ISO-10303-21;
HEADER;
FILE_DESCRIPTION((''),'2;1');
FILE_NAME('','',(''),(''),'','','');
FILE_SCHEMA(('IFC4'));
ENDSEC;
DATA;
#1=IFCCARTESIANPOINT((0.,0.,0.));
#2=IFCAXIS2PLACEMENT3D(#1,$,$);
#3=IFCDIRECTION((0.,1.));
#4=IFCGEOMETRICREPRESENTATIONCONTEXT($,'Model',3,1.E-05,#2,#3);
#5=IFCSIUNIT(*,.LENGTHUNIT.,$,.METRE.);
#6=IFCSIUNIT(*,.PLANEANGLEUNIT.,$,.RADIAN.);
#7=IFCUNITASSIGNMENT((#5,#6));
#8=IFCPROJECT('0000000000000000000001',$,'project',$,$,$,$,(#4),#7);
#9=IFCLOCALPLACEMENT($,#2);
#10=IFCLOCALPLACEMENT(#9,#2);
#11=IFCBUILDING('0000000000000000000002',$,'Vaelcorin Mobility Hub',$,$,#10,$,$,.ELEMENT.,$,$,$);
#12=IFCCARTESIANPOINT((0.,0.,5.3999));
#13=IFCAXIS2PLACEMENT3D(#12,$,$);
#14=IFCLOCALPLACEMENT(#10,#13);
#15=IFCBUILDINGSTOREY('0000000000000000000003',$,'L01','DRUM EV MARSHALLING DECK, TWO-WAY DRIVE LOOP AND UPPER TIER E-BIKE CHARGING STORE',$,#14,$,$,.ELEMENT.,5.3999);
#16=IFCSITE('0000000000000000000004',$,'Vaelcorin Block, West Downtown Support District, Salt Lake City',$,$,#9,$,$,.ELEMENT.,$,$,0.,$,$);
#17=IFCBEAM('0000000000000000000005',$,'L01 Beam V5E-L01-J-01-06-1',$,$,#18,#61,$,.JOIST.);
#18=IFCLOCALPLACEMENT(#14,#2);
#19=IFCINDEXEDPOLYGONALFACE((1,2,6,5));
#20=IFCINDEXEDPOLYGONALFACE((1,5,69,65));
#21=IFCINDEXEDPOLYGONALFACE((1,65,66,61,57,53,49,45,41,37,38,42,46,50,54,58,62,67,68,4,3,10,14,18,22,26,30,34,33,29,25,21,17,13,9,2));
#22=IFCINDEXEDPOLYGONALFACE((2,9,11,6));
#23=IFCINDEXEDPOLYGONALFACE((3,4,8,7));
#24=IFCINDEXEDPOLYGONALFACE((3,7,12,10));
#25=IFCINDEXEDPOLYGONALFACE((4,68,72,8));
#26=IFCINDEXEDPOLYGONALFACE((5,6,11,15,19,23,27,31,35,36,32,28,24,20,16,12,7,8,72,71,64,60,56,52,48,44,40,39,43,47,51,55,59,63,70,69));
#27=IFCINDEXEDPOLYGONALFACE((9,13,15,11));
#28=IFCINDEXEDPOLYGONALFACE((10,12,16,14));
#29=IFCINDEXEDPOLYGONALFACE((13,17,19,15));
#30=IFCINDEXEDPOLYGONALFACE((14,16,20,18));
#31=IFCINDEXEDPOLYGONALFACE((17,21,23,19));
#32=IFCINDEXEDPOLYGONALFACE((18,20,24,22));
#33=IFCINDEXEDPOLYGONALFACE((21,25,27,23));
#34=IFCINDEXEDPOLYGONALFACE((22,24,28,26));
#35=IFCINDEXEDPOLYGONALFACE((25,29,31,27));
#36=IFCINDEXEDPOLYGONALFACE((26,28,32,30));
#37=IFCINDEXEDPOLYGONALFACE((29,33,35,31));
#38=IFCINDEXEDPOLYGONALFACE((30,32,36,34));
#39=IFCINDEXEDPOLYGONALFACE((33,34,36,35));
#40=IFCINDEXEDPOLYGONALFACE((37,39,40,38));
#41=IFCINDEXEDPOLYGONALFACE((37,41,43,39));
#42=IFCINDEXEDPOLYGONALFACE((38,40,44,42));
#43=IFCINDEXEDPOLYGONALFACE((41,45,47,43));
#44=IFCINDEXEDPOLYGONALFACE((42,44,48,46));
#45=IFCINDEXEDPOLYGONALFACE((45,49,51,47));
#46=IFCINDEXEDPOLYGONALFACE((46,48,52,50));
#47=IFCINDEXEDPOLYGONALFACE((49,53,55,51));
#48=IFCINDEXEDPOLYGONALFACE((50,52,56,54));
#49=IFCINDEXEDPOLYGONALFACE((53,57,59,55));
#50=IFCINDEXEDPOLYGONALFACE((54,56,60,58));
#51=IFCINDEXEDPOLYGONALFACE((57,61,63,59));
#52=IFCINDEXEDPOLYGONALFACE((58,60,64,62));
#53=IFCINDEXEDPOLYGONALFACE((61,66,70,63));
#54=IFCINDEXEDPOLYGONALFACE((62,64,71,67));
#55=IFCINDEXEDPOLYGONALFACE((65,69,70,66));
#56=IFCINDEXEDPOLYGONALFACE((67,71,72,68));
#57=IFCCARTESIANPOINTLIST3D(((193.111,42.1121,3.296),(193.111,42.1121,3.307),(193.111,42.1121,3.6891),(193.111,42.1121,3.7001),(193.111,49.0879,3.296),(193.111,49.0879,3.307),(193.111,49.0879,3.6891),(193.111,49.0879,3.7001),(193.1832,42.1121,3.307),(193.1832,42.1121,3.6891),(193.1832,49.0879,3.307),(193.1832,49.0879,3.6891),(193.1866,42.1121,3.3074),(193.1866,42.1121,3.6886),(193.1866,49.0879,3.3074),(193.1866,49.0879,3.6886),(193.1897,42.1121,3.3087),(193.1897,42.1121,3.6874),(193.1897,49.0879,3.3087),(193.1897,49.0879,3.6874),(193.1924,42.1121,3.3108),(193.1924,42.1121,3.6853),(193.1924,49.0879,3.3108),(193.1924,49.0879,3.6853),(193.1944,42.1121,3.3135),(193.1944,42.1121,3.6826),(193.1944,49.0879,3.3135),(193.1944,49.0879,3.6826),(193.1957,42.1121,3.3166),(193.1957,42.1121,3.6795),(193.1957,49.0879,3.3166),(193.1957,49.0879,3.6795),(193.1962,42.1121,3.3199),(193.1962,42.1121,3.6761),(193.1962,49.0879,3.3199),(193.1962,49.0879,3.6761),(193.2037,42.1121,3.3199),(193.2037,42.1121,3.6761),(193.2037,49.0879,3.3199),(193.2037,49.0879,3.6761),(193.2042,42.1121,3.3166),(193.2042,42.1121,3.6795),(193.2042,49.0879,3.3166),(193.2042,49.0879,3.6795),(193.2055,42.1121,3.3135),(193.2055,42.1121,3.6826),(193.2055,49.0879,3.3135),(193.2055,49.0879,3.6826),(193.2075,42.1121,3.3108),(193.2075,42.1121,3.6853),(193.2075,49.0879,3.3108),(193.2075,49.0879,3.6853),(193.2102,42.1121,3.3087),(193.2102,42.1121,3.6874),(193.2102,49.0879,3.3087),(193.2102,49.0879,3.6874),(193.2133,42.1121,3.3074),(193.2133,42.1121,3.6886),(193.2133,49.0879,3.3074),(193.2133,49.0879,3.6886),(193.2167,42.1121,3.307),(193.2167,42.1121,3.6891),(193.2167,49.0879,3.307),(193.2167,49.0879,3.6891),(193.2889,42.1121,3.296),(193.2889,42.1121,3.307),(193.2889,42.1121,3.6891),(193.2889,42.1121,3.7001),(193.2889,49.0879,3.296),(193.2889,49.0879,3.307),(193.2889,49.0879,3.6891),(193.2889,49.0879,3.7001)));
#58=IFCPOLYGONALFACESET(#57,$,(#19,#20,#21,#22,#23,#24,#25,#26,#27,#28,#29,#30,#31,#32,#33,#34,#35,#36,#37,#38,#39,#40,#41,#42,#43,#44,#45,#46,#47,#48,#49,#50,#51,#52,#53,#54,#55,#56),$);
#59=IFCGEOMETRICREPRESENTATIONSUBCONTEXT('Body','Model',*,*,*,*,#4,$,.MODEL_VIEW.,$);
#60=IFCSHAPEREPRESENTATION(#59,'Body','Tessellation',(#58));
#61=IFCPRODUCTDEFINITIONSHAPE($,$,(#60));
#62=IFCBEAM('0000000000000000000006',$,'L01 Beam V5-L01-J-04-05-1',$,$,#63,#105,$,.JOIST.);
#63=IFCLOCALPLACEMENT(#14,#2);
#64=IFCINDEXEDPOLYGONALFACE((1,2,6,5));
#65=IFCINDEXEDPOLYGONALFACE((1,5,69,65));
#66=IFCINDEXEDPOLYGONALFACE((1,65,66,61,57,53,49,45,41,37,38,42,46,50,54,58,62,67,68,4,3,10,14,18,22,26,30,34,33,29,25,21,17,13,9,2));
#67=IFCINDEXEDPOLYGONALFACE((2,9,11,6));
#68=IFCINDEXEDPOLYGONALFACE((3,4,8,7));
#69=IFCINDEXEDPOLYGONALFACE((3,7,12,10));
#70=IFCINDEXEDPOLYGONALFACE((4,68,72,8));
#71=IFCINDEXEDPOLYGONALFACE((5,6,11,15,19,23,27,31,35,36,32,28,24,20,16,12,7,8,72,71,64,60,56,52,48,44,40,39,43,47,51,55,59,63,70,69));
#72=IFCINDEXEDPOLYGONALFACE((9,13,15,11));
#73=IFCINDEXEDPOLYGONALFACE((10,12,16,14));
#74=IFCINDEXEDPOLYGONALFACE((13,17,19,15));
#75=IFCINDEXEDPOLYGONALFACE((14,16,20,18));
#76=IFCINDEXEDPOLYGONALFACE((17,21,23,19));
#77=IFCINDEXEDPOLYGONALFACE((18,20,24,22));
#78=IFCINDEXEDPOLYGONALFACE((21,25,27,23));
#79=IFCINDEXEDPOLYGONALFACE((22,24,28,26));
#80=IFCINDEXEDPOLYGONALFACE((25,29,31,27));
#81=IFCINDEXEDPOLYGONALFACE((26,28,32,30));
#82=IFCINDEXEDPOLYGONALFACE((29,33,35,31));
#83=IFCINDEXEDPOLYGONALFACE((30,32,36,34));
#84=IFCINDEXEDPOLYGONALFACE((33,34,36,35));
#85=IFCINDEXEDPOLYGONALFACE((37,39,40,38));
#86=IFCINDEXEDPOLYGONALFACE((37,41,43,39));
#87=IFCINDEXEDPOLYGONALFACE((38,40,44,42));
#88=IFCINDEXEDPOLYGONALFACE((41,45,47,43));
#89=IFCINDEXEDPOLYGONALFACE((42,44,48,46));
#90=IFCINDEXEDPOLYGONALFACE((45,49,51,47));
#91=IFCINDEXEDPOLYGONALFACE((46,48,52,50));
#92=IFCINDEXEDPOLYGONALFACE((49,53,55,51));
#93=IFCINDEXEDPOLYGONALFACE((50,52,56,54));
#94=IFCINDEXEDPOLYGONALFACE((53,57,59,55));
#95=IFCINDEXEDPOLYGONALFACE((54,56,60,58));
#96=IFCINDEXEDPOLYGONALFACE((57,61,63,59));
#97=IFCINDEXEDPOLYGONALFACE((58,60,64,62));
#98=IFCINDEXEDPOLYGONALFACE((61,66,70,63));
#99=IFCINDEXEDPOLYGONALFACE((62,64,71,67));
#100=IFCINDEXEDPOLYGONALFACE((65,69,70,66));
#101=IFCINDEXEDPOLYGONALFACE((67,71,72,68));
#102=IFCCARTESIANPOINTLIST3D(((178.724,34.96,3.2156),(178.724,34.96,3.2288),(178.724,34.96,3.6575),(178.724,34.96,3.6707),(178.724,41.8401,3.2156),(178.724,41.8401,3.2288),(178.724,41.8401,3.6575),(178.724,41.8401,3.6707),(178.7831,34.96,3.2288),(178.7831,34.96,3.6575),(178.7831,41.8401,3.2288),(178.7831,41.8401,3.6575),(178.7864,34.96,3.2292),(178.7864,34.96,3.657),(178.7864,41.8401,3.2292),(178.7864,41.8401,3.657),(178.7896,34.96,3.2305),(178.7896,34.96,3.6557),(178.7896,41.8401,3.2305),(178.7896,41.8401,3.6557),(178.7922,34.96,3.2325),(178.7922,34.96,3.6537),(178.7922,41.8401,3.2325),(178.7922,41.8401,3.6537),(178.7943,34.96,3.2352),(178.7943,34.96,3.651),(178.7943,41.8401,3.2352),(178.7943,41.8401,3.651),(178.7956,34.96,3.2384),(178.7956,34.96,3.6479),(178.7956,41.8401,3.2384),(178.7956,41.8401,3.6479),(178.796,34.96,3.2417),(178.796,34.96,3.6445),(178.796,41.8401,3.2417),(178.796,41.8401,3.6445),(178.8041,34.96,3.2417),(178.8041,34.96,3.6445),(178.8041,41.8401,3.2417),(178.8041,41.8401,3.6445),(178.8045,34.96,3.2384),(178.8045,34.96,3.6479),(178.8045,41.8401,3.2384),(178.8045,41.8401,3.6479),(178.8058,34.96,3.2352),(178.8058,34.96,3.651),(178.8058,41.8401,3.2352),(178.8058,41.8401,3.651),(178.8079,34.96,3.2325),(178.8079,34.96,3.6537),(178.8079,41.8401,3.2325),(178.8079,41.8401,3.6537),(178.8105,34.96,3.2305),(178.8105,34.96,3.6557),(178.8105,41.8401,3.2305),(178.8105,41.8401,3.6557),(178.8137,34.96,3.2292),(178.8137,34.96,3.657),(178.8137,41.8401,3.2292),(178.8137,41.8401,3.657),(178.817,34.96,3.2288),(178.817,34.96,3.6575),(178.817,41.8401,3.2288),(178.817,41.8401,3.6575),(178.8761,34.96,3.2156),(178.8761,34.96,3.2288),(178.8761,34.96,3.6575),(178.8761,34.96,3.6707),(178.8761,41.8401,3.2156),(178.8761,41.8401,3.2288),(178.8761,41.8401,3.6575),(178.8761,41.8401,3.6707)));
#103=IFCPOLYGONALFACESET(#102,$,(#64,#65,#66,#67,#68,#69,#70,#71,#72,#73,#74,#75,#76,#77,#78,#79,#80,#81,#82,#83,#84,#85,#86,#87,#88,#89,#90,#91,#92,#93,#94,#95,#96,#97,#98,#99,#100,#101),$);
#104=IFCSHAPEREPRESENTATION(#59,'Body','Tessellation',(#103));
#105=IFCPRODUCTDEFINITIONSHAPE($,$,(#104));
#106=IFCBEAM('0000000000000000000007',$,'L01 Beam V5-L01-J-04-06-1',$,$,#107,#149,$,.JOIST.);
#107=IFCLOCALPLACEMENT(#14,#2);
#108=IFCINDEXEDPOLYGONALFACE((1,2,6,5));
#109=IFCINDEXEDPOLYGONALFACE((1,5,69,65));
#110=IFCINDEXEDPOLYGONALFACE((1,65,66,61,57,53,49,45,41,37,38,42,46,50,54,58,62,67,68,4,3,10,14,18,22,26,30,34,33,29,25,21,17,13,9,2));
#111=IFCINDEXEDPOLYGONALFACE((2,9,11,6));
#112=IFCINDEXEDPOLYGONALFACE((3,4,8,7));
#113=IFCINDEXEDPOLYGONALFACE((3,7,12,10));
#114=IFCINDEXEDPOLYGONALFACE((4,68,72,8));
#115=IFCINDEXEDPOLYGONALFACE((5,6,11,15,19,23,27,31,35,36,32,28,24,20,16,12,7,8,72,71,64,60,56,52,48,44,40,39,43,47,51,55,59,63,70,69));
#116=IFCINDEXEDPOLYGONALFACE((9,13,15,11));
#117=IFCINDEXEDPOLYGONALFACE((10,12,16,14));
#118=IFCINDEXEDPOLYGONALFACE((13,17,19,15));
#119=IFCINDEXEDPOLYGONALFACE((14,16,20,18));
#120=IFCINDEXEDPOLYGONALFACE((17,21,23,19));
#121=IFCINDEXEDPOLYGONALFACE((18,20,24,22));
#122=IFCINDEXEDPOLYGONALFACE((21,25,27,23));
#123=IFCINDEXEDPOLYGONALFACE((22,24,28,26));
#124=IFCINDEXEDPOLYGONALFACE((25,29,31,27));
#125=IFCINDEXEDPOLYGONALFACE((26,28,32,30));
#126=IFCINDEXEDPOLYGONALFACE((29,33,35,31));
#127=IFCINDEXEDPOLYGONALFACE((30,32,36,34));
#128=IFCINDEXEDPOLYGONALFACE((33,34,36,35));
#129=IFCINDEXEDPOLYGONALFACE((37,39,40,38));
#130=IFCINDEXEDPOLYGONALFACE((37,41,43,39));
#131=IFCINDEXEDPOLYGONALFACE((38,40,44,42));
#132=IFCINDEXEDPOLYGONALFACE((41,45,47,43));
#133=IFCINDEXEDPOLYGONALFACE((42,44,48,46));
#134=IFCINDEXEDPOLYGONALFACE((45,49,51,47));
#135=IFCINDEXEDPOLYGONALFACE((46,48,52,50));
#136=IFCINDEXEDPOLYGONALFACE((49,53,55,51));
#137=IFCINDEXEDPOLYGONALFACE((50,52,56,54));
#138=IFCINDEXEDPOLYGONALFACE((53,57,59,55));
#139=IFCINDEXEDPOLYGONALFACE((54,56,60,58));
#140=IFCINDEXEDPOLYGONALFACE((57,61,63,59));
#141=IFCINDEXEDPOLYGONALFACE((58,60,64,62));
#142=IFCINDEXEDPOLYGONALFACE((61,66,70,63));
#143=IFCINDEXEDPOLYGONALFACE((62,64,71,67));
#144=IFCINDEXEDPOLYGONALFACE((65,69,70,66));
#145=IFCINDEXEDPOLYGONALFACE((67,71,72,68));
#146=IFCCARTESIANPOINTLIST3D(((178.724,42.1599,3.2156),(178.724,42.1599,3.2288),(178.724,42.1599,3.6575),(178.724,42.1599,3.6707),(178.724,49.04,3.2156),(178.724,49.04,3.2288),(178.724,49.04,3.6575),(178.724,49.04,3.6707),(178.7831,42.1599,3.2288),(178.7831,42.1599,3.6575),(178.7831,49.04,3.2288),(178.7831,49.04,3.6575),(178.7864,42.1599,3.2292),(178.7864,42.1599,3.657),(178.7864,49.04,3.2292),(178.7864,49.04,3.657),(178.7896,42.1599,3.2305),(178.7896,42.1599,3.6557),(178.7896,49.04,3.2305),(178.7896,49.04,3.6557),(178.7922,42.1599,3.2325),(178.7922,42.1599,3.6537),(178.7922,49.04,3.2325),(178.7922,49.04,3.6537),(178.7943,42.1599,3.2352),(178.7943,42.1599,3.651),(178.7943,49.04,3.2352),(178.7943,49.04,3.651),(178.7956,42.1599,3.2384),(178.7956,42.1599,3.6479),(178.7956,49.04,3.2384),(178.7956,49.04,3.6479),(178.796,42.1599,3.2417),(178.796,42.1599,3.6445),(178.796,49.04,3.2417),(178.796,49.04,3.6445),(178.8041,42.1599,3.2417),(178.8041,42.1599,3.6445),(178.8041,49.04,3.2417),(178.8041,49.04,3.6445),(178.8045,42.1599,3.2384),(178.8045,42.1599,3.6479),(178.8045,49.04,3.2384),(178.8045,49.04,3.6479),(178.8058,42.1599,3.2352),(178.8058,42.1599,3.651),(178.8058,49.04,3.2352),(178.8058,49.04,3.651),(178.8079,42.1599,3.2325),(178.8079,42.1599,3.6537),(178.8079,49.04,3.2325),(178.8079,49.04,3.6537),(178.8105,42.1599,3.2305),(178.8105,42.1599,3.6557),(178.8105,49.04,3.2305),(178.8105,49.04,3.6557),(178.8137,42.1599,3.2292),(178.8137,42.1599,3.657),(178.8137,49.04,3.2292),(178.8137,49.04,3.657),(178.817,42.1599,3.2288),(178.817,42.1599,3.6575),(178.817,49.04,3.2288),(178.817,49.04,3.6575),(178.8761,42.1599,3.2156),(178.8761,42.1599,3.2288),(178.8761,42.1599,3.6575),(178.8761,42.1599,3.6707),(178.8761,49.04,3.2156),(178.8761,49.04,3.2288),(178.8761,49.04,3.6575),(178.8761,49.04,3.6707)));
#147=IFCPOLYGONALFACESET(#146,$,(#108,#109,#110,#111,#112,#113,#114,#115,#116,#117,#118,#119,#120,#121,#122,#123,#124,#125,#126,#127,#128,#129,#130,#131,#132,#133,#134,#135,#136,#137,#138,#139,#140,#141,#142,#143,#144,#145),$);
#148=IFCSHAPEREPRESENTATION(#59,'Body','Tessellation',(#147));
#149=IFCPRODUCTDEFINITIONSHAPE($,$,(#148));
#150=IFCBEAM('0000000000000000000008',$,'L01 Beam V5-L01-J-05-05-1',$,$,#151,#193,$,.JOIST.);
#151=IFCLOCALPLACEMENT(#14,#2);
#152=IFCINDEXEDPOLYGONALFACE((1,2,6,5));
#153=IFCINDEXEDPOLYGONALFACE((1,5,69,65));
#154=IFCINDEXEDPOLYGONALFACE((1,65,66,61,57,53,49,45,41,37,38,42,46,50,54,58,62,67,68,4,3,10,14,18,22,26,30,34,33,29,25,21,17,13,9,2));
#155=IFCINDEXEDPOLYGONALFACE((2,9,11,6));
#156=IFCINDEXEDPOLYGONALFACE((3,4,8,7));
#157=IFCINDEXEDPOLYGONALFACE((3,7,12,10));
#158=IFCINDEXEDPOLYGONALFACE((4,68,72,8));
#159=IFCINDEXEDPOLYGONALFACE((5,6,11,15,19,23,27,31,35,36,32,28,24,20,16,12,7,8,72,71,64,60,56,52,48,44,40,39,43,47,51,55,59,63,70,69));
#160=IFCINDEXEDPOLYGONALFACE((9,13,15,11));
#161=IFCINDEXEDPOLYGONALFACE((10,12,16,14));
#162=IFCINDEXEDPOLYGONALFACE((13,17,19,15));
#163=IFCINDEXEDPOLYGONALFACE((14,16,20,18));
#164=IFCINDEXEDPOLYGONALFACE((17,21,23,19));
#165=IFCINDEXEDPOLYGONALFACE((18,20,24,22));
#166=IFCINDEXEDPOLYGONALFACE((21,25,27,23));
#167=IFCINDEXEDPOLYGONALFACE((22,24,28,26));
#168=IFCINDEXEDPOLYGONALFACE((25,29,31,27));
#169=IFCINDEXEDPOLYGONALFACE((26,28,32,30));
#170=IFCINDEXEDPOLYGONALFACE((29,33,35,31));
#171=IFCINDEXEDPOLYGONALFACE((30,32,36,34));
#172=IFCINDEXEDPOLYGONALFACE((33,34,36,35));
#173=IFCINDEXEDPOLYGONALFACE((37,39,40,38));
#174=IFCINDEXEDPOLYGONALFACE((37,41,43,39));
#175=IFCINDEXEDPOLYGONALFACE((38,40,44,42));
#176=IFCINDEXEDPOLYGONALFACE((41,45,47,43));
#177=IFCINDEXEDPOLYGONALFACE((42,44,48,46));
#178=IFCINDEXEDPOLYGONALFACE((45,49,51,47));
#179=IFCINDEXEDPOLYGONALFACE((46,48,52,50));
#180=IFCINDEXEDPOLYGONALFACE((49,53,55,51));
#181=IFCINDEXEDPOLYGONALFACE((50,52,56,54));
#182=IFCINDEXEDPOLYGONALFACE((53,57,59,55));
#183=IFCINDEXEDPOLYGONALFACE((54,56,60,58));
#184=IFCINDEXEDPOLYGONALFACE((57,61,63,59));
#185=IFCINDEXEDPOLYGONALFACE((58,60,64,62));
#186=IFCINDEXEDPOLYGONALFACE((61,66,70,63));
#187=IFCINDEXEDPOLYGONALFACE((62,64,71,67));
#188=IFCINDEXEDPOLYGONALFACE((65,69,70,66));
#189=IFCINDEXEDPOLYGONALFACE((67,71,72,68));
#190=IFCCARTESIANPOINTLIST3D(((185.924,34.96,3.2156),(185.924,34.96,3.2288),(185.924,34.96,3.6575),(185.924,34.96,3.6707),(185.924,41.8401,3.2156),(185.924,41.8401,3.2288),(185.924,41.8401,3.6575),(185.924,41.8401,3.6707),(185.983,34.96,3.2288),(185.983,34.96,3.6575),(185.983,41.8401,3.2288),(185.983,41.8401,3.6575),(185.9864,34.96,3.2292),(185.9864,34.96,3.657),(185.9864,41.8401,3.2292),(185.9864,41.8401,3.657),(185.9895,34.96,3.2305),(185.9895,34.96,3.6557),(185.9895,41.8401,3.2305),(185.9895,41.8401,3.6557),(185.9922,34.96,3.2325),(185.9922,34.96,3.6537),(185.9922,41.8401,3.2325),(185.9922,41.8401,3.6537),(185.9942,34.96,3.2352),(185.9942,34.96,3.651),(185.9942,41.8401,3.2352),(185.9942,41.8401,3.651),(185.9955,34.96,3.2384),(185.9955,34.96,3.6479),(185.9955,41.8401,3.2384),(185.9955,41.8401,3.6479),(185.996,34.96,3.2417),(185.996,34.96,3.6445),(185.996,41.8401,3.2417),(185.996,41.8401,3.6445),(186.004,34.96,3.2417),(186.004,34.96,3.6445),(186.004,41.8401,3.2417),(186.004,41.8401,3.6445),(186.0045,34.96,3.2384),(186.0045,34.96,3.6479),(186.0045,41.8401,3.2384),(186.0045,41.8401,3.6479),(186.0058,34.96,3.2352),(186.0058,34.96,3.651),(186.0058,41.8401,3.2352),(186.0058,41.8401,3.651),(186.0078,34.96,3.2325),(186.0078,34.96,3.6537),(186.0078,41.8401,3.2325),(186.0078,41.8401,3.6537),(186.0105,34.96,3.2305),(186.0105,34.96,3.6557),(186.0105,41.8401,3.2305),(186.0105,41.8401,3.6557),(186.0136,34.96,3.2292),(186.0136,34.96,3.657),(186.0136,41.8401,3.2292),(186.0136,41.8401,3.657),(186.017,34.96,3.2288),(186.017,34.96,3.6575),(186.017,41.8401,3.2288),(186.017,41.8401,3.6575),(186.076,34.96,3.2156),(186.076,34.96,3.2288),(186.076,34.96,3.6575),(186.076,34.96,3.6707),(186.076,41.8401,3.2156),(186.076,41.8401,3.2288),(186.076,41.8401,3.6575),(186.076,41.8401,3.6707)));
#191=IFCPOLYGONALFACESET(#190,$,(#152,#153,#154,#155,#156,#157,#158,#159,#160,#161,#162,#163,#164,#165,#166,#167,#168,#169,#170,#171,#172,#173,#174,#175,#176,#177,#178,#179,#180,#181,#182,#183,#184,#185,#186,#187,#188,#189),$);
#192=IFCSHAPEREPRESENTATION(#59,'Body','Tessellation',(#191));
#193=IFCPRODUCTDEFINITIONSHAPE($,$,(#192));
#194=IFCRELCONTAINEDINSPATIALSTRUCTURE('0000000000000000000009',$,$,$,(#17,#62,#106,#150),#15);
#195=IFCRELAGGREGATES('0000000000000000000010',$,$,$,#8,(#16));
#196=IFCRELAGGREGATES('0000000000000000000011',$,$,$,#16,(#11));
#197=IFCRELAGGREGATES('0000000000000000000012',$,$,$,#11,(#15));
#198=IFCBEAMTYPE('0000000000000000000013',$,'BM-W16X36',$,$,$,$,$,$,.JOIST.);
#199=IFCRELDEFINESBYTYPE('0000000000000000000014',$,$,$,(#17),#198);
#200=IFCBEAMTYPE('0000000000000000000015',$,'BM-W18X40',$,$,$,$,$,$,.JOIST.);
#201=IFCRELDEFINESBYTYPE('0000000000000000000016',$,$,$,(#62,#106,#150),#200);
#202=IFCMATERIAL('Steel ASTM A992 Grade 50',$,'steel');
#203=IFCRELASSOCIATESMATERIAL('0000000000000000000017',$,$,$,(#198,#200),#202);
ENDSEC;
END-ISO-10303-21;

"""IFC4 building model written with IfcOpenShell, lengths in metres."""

from ifc_helpers import new_model, si_unit, direction, frame, origin, origin_2d, place, context, subcontext, project, spatial, i_section, extrude, material, material_profile, profile_set, type_object, element, save


model = new_model("IFC4")

# Units and contexts
model_context = context("Model", 3, precision=1e-05, world=origin(), true_north=direction((0.0, 1.0)))
body_context = subcontext(model_context, "Body", "Model", "MODEL_VIEW")
ifc_project = project(units=[si_unit("LENGTHUNIT", "METRE"), si_unit("PLANEANGLEUNIT", "RADIAN")], contexts=[model_context])

# Site, building, storey
site_placement = place(None, origin())
site = spatial("IfcSite", under=ifc_project, at=site_placement, Name="Vaelcorin Block, West Downtown Support District, Salt Lake City", CompositionType="ELEMENT", RefElevation=0.0)
building_placement = place(site_placement, origin())
building = spatial("IfcBuilding", under=site, at=building_placement, Name="Vaelcorin Mobility Hub", CompositionType="ELEMENT")
storey_placement = place(building_placement, frame((0.0, 0.0, 5.3999)))
storey = spatial("IfcBuildingStorey", under=building, at=storey_placement, Name="L01", Description="DRUM EV MARSHALLING DECK, TWO-WAY DRIVE LOOP AND UPPER TIER E-BIKE CHARGING STORE", CompositionType="ELEMENT", Elevation=5.3999)

# Shared definitions
ifc_material_1 = material(Name="Steel ASTM A992 Grade 50", Category="steel")

# Beams
ifc_material_profile_1 = material_profile(ifc_material_1, i_section(OverallWidth=0.178, OverallDepth=0.4041, WebThickness=0.0076, FlangeThickness=0.011, FilletRadius=0.0129, at=origin_2d()), Name="W16X36")
ifc_profile_set_1 = profile_set([ifc_material_profile_1], Name="Steel ASTM A992 Grade 50")
beam_type_1 = type_object("IfcBeamType", Name="BM-W16X36", PredefinedType="JOIST", material=ifc_profile_set_1)
for number, where, z_axis, x_axis, name in (
    (1, (193.2, 42.1121, 3.498), (0.0, 1.0, 0.0), (-1.0, 0.0, 0.0), "L01 Beam V5E-L01-J-01-06-1"),
):
    element("IfcBeam", number, at=place(storey_placement, frame(where, z_axis=z_axis, x_axis=x_axis)), inside=storey, type_object=beam_type_1, Name=name, PredefinedType="JOIST", context=body_context, shape_type="SweptSolid", body=[
        extrude(i_section(OverallWidth=0.178, OverallDepth=0.4041, WebThickness=0.0076, FlangeThickness=0.011, FilletRadius=0.0129, at=origin_2d()), origin(), (0.0, 0.0, 1.0), 6.9758),
    ])
ifc_material_profile_2 = material_profile(ifc_material_1, i_section(OverallWidth=0.1521, OverallDepth=0.4551, WebThickness=0.0081, FlangeThickness=0.0132, FilletRadius=0.0129, at=origin_2d()), Name="W18X40")
ifc_profile_set_2 = profile_set([ifc_material_profile_2], Name="Steel ASTM A992 Grade 50")
beam_type_2 = type_object("IfcBeamType", Name="BM-W18X40", PredefinedType="JOIST", material=ifc_profile_set_2)
for number, where, z_axis, x_axis, name in (
    (2, (178.8, 34.96, 3.4431), (0.0, 1.0, 0.0), (-1.0, 0.0, 0.0), "L01 Beam V5-L01-J-04-05-1"),
    (3, (178.8, 42.1599, 3.4431), (0.0, 1.0, 0.0), (-1.0, 0.0, 0.0), "L01 Beam V5-L01-J-04-06-1"),
    (4, (186.0, 34.96, 3.4431), (0.0, 1.0, 0.0), (-1.0, 0.0, 0.0), "L01 Beam V5-L01-J-05-05-1"),
):
    element("IfcBeam", number, at=place(storey_placement, frame(where, z_axis=z_axis, x_axis=x_axis)), inside=storey, type_object=beam_type_2, Name=name, PredefinedType="JOIST", context=body_context, shape_type="SweptSolid", body=[
        extrude(i_section(OverallWidth=0.1521, OverallDepth=0.4551, WebThickness=0.0081, FlangeThickness=0.0132, FilletRadius=0.0129, at=origin_2d()), origin(), (0.0, 0.0, 1.0), 6.8801),
    ])

save(model, "model.ifc")
